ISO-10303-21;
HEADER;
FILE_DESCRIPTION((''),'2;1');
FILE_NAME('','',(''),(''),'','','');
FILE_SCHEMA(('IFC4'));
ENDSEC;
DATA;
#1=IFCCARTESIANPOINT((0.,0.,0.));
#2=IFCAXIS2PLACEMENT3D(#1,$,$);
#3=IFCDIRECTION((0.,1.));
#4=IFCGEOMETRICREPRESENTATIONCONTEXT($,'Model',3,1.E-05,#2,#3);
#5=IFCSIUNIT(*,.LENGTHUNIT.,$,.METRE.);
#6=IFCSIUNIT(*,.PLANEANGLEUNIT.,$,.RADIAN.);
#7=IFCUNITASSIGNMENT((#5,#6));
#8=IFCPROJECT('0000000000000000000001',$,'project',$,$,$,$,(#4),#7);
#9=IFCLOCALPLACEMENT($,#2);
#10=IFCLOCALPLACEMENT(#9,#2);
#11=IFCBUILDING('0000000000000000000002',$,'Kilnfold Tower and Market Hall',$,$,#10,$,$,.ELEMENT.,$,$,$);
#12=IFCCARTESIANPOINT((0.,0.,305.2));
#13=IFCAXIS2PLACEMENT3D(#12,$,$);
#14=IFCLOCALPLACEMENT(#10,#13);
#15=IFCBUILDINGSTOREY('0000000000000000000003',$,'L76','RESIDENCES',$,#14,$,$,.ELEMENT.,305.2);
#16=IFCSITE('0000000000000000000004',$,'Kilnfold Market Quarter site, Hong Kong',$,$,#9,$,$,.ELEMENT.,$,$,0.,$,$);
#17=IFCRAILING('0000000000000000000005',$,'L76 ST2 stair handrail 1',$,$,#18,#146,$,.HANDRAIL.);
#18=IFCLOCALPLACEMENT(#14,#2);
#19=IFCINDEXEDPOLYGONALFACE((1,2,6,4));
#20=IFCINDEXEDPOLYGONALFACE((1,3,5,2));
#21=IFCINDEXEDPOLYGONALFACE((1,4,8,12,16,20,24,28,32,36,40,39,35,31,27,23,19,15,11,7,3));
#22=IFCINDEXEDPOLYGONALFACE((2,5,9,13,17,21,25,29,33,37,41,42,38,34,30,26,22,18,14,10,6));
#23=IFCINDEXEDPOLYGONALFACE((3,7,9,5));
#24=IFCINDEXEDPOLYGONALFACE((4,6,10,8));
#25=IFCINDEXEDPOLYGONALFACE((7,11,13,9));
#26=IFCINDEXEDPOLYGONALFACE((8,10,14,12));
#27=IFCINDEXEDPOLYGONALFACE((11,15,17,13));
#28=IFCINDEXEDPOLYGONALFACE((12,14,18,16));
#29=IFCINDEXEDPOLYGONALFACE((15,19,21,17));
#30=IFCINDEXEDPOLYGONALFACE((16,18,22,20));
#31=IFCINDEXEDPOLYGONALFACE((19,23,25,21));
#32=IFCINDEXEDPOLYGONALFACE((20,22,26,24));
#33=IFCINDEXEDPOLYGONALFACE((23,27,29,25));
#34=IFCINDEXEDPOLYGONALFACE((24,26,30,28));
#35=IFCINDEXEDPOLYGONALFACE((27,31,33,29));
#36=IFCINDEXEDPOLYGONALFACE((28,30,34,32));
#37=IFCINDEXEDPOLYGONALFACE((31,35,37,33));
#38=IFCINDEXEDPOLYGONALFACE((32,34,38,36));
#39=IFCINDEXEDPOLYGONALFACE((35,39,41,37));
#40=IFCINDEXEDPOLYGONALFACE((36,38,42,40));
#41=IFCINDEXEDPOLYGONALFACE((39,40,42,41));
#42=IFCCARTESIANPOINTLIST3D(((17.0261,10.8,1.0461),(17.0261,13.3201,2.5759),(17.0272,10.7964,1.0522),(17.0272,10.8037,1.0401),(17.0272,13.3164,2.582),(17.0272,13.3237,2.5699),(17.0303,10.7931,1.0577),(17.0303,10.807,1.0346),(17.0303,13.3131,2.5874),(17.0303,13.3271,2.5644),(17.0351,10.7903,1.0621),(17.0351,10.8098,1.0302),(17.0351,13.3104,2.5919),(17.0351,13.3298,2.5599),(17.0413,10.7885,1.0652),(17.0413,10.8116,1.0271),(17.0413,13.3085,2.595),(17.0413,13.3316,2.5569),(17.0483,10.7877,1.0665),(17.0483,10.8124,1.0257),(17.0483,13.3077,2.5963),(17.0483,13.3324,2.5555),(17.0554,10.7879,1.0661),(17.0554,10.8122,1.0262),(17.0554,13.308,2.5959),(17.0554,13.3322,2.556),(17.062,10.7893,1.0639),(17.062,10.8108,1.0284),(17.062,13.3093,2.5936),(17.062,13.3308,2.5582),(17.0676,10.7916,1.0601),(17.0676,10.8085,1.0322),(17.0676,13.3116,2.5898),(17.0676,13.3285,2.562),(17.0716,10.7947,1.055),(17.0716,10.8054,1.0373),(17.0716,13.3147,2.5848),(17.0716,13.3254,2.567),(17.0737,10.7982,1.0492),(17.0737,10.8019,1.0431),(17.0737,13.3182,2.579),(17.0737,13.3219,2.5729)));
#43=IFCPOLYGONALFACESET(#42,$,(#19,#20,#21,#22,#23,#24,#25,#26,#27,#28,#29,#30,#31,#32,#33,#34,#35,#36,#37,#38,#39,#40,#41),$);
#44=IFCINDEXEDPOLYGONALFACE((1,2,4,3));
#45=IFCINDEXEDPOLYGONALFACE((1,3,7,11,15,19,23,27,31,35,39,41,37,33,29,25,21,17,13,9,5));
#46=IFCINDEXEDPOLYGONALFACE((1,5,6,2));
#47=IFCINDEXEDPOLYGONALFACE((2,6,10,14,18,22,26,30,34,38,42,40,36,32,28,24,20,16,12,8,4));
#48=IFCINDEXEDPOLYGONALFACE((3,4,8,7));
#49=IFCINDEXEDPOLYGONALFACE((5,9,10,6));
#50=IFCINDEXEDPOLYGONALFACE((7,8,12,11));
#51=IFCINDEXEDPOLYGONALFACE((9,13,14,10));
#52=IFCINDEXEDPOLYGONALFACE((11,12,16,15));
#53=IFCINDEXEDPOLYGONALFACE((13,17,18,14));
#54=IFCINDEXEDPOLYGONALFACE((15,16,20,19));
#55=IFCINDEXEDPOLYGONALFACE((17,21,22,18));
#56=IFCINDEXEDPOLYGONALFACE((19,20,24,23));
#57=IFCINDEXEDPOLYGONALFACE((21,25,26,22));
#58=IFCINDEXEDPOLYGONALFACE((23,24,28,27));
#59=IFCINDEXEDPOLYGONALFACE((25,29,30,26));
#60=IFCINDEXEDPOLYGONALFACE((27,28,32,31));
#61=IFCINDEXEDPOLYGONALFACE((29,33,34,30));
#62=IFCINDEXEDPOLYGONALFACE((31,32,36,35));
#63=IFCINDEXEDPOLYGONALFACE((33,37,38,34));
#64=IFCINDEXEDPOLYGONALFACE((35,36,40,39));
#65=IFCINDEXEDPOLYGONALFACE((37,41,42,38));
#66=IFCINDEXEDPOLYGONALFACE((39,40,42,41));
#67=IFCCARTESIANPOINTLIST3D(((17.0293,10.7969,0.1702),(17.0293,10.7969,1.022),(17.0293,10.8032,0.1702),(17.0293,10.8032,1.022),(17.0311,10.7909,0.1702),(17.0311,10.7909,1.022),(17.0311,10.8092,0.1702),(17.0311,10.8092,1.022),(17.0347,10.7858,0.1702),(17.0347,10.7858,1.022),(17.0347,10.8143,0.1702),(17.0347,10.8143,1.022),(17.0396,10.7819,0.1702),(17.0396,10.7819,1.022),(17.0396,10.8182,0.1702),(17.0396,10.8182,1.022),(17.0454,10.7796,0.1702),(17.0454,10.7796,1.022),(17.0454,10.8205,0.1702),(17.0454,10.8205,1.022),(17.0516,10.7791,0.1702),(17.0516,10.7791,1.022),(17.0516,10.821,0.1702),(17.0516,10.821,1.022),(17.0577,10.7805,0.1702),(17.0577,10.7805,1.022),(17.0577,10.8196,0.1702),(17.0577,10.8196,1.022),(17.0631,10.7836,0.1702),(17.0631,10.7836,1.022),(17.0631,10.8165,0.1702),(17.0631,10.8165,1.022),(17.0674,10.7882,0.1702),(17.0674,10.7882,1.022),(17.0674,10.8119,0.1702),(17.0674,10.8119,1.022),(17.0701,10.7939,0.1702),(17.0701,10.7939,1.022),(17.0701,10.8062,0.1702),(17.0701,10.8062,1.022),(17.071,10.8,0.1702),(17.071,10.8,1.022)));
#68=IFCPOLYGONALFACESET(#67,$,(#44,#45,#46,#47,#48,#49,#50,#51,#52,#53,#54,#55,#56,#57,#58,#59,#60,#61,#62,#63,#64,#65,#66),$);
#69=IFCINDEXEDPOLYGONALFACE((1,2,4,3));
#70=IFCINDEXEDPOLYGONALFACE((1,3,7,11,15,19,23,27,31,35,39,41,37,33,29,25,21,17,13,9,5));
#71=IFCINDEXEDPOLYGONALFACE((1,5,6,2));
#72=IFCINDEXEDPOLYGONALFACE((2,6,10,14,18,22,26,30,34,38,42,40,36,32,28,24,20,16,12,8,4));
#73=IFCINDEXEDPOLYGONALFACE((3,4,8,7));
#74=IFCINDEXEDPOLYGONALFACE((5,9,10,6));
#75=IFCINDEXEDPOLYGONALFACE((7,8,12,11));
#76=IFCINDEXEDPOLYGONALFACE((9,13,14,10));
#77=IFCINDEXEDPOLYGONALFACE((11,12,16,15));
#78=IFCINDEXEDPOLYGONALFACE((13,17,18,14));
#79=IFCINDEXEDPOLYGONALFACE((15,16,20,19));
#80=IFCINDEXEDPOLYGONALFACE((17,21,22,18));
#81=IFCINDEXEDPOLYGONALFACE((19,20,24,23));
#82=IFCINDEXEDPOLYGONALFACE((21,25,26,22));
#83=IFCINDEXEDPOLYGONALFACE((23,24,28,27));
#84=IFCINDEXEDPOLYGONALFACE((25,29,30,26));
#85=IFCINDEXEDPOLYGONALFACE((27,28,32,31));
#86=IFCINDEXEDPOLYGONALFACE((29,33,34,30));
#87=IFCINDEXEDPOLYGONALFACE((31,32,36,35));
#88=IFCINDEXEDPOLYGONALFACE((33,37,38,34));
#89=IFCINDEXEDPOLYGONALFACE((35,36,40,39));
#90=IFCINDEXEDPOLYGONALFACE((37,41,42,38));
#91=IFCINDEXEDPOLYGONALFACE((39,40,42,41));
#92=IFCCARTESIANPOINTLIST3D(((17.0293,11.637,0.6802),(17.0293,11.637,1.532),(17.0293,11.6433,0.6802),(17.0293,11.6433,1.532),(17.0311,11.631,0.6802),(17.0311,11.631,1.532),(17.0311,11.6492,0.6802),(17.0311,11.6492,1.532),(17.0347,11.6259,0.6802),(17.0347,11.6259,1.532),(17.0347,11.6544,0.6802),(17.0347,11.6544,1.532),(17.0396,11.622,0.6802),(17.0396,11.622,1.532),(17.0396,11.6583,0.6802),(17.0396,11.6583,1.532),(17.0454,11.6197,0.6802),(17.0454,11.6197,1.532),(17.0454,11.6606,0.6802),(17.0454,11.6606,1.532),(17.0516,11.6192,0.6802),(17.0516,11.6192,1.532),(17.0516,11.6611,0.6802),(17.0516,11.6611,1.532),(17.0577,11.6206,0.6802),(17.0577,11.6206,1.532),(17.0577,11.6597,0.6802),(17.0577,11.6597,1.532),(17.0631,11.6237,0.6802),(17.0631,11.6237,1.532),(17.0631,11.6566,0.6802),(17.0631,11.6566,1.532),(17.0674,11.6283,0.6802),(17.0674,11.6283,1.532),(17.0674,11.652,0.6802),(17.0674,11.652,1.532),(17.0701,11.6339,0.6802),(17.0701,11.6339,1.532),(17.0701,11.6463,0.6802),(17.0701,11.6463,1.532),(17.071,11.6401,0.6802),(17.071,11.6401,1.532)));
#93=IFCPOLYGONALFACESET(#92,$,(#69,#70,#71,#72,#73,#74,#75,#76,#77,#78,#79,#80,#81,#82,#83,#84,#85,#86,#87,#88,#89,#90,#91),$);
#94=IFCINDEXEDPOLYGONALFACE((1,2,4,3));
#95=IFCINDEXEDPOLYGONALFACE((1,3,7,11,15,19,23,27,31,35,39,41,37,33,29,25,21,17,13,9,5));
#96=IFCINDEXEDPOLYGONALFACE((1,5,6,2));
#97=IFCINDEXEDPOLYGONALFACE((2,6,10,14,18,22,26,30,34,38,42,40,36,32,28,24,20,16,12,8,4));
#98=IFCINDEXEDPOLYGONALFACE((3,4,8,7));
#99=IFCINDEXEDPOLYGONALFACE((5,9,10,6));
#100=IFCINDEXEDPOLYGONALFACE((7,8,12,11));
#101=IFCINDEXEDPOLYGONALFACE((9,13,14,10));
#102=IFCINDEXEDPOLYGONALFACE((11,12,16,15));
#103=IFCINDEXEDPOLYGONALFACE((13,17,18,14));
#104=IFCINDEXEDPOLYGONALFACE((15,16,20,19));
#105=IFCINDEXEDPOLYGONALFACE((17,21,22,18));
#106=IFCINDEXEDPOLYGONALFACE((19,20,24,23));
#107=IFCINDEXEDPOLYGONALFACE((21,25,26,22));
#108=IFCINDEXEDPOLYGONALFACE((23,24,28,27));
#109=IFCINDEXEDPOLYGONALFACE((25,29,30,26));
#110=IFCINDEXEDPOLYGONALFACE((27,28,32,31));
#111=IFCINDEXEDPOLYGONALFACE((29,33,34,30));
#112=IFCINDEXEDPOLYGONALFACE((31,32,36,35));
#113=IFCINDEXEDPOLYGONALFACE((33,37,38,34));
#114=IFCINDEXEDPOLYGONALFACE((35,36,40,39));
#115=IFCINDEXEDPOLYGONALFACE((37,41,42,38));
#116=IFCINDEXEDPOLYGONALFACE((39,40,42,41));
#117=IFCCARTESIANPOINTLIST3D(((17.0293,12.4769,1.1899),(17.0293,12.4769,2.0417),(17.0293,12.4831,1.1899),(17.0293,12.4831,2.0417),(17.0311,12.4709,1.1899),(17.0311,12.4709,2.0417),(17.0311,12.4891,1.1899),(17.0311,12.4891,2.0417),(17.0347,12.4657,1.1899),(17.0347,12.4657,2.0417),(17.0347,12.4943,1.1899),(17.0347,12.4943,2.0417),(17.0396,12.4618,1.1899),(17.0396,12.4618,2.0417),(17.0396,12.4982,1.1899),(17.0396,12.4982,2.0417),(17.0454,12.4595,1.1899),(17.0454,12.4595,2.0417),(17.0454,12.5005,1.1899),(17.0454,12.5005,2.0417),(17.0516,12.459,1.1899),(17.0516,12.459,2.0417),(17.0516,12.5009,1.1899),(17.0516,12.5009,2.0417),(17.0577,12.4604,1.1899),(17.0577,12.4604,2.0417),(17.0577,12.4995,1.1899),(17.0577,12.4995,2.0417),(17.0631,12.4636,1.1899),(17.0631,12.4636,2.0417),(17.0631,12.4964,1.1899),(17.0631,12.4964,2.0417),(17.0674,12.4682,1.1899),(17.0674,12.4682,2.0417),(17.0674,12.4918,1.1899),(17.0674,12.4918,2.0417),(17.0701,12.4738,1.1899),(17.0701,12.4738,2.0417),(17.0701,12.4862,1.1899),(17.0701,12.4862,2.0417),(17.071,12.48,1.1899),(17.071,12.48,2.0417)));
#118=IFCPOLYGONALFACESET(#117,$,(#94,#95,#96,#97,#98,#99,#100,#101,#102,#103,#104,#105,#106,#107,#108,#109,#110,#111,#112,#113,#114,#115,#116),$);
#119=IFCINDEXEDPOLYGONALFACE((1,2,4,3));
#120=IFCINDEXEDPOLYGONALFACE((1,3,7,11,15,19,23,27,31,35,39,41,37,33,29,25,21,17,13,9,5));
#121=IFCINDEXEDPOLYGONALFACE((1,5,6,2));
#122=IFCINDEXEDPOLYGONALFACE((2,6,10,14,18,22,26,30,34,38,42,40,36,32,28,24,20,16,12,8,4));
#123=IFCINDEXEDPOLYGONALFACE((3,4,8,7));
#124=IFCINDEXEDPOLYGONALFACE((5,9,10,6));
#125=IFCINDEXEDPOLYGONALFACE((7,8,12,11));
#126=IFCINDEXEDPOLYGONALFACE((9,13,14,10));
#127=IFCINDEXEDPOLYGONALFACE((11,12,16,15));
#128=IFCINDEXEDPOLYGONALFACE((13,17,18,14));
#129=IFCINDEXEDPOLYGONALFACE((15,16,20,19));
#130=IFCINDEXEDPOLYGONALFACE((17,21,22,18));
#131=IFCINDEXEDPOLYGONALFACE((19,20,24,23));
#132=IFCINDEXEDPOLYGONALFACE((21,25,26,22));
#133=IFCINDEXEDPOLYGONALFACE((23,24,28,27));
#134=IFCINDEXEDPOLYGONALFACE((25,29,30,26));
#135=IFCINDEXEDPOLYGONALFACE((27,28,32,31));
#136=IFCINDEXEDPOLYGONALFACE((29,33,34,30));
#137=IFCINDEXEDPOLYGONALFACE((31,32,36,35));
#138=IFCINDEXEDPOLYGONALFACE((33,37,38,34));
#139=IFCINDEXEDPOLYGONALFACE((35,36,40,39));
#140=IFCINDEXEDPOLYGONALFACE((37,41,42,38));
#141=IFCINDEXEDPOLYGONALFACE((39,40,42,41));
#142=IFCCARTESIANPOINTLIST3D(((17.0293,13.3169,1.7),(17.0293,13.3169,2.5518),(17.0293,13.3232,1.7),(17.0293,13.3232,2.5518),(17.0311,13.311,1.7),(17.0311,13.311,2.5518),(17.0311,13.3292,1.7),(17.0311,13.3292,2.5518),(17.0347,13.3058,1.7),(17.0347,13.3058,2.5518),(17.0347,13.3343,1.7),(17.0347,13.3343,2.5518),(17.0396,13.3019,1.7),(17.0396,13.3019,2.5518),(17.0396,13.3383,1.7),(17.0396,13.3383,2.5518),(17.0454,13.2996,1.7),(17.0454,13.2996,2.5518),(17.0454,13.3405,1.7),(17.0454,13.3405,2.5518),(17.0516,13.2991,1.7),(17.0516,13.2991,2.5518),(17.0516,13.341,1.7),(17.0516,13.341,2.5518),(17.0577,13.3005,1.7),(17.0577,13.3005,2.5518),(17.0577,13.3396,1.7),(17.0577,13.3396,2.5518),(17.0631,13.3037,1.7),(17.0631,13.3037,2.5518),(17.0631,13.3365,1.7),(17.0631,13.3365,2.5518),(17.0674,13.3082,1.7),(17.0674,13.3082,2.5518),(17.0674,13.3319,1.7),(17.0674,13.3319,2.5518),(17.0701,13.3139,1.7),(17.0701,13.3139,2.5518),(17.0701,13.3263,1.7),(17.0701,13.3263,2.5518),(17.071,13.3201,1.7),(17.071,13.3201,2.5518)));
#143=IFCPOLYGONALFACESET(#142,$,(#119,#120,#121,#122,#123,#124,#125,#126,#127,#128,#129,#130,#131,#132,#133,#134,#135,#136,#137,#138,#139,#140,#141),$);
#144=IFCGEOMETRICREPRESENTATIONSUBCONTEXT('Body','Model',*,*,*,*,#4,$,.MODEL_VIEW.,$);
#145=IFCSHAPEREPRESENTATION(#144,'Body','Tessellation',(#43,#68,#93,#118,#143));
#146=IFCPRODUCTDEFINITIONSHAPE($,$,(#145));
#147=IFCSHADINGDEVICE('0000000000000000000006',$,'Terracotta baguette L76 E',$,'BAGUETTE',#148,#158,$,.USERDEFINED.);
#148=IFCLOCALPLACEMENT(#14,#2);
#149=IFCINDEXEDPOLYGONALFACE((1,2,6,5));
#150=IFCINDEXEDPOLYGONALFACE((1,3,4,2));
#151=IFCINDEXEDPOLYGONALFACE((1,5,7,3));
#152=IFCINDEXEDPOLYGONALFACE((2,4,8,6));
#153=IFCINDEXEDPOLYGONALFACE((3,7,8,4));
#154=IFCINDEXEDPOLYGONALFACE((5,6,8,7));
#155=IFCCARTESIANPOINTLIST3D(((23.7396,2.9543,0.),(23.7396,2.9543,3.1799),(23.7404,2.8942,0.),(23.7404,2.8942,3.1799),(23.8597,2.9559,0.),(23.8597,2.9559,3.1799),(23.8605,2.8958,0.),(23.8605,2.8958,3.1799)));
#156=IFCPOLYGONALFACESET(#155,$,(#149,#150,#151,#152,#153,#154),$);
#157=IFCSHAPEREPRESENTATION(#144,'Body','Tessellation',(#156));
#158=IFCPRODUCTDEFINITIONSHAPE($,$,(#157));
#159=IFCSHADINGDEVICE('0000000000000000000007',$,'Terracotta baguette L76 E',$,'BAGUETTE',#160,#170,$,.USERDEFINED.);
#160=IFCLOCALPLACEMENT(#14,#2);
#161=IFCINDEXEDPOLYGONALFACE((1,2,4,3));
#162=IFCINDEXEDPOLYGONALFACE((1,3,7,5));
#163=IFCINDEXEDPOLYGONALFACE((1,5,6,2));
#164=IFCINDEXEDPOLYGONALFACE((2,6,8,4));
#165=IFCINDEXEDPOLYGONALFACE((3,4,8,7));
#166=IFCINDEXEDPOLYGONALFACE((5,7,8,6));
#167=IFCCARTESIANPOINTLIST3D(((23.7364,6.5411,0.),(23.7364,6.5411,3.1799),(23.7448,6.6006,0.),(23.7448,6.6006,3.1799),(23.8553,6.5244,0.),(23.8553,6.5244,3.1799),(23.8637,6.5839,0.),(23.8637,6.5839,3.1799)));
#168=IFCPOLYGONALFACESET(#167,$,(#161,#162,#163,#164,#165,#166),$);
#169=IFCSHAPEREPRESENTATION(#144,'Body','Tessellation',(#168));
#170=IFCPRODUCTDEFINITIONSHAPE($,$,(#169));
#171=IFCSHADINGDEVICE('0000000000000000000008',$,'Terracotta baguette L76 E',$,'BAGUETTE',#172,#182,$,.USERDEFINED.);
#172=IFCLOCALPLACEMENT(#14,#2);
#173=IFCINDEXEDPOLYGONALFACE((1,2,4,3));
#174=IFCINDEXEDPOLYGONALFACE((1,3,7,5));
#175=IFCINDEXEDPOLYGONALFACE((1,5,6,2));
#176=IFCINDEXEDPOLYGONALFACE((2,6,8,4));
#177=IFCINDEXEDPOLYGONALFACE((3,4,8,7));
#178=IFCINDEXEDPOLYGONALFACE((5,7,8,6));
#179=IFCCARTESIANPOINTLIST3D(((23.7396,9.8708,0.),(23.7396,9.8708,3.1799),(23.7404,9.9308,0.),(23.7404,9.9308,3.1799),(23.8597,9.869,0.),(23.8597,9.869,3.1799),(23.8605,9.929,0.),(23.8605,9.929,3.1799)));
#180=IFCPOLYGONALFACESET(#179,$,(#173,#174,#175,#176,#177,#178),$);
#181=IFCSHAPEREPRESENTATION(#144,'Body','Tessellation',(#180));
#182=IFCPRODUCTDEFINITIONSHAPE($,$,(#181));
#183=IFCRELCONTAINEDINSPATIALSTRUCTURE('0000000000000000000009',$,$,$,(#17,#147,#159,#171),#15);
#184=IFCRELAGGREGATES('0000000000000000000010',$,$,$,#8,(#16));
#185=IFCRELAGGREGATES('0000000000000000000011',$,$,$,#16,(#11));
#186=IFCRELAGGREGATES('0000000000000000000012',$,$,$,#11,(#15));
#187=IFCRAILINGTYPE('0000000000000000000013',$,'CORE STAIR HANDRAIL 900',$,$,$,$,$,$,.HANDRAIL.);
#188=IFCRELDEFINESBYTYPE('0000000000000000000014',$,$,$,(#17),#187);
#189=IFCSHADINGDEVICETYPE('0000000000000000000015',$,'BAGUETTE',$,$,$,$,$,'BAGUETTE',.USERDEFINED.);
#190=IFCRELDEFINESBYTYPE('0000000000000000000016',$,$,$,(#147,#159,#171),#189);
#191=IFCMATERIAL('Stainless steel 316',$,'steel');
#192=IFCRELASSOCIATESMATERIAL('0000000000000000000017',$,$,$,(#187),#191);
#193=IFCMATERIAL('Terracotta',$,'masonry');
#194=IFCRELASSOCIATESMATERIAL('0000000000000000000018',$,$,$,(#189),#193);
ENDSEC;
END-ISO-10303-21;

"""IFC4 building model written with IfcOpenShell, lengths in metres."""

from ifc_helpers import new_model, si_unit, direction, frame, origin, origin_2d, place, context, subcontext, project, spatial, rectangle, circle, extrude, source, transform, mapped, material, material_profile, profile_set, type_object, element, save


model = new_model("IFC4")

# Units and contexts
model_context = context("Model", 3, precision=1e-05, world=origin(), true_north=direction((0.0, 1.0)))
body_context = subcontext(model_context, "Body", "Model", "MODEL_VIEW")
ifc_project = project(units=[si_unit("LENGTHUNIT", "METRE"), si_unit("PLANEANGLEUNIT", "RADIAN")], contexts=[model_context])

# Site, building, storey
site_placement = place(None, origin())
site = spatial("IfcSite", under=ifc_project, at=site_placement, Name="Kilnfold Market Quarter site, Hong Kong", CompositionType="ELEMENT", RefElevation=0.0)
building_placement = place(site_placement, origin())
building = spatial("IfcBuilding", under=site, at=building_placement, Name="Kilnfold Tower and Market Hall", CompositionType="ELEMENT")
storey_placement = place(building_placement, frame((0.0, 0.0, 305.2)))
storey = spatial("IfcBuildingStorey", under=building, at=storey_placement, Name="L76", Description="RESIDENCES", CompositionType="ELEMENT", Elevation=305.2)

# Railing
ifc_material_1 = material(Name="Stainless steel 316", Category="steel")
railing_type_1 = type_object("IfcRailingType", Name="CORE STAIR HANDRAIL 900", PredefinedType="HANDRAIL", material=ifc_material_1)
railing_1_placement = place(storey_placement, frame((17.05, 10.8, 0.1702)))
element("IfcRailing", 1, at=railing_1_placement, inside=storey, type_object=railing_type_1, Name="L76 ST2 stair handrail 1", PredefinedType="HANDRAIL", context=body_context, shape_type="SweptSolid", body=[
    extrude(circle(Radius=0.0239, at=origin_2d()), frame((0.0, 0.0, 0.876), z_axis=(0.0, 0.854822, 0.518922), x_axis=(-1.0, 0.0, 0.0)), (0.0, 0.0, 1.0), 2.948),
    extrude(circle(Radius=0.021, at=origin_2d()), origin(), (0.0, 0.0, 1.0), 0.8518),
    extrude(circle(Radius=0.021, at=origin_2d()), frame((0.0, 0.8401, 0.51)), (0.0, 0.0, 1.0), 0.8518),
    extrude(circle(Radius=0.021, at=origin_2d()), frame((0.0, 1.6799, 1.0198)), (0.0, 0.0, 1.0), 0.8518),
    extrude(circle(Radius=0.021, at=origin_2d()), frame((0.0, 2.52, 1.5298)), (0.0, 0.0, 1.0), 0.8518),
])

# Shading devices
ifc_material_2 = material(Name="Terracotta", Category="masonry")
ifc_material_profile_1 = material_profile(ifc_material_2, rectangle(XDim=0.0601, YDim=0.1201, at=origin_2d()), Name="BAG 60x120")
ifc_profile_set_1 = profile_set([ifc_material_profile_1], Name="Terracotta")
shading_device_type = type_object("IfcShadingDeviceType", Name="BAGUETTE", ElementType="BAGUETTE", PredefinedType="USERDEFINED", material=ifc_profile_set_1)
shared_shape_1 = source(origin(), body_context, "Body", "SweptSolid", [
    extrude(rectangle(XDim=0.0601, YDim=0.1201, at=origin_2d()), origin(), (0.0, 0.0, 1.0), 3.1799),
])
for number, where, z_axis, x_axis, name in (
    (2, (23.8, 2.925, 0.0), (0.0, 0.0, 1.0), (-0.013093, 0.999914, 0.0), "Terracotta baguette L76 E"),
    (3, (23.8, 6.5625, 0.0), (0.0, 0.0, 1.0), (0.139102, 0.990278, 0.0), "Terracotta baguette L76 E"),
    (4, (23.8, 9.8999, 0.0), (0.0, 0.0, 1.0), (0.014652, 0.999893, 0.0), "Terracotta baguette L76 E"),
):
    element("IfcShadingDevice", number, at=place(storey_placement, frame(where, z_axis=z_axis, x_axis=x_axis)), inside=storey, type_object=shading_device_type, Name=name, ObjectType="BAGUETTE", PredefinedType="USERDEFINED", context=body_context, shape_type="MappedRepresentation", body=[
        mapped(shared_shape_1, transform((0.0, 0.0, 0.0))),
    ])

save(model, "model.ifc")
